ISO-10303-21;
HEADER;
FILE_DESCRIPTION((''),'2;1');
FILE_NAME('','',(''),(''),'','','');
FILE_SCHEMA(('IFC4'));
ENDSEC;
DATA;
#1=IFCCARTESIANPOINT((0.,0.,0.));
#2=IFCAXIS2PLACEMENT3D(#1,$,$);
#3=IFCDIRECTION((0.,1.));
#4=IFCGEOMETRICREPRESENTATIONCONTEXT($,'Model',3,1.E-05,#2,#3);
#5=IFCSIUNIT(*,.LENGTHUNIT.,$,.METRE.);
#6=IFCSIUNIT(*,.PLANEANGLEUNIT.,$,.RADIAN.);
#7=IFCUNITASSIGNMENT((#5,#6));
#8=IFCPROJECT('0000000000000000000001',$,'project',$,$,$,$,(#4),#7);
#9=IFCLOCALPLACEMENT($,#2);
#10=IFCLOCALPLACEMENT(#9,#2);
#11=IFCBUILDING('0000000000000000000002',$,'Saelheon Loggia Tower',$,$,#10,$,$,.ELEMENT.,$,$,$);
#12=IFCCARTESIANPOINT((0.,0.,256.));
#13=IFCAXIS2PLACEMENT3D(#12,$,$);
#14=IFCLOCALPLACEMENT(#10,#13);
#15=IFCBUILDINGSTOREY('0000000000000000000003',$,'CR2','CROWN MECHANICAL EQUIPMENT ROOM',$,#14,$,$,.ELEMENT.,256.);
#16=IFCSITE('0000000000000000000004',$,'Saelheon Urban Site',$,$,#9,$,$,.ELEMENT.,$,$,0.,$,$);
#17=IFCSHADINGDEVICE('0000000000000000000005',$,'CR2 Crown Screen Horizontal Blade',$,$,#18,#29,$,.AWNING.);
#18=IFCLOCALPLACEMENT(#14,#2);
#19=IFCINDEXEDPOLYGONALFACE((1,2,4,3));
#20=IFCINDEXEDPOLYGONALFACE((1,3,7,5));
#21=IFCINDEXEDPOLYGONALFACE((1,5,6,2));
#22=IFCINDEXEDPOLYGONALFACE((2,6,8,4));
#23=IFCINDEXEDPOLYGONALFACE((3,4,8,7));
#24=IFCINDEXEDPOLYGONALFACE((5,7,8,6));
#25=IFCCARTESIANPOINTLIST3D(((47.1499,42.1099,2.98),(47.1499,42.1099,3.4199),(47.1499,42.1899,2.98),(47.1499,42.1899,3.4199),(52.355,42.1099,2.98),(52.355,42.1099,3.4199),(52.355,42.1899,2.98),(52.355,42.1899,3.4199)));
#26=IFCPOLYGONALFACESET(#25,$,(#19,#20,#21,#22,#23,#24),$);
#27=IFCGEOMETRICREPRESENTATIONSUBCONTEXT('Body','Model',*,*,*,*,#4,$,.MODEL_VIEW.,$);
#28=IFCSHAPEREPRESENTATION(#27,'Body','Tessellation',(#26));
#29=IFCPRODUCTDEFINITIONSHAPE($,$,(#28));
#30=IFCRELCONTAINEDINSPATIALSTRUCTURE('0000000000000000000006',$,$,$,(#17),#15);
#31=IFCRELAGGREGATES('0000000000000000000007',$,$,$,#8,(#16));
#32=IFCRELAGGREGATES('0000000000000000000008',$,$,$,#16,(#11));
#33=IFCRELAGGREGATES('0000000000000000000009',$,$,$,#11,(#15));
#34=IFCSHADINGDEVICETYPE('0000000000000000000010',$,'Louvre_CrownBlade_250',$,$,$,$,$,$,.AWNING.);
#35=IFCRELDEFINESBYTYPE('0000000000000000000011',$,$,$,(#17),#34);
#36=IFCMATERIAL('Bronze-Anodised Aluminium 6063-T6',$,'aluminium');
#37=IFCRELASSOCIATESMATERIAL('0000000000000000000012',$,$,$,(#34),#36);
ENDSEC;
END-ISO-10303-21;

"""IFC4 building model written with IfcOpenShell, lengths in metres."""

from ifc_helpers import new_model, si_unit, direction, frame, origin, origin_2d, place, context, subcontext, project, spatial, rectangle, extrude, source, transform, mapped, material, material_profile, profile_set, type_object, element, save


model = new_model("IFC4")

# Units and contexts
model_context = context("Model", 3, precision=1e-05, world=origin(), true_north=direction((0.0, 1.0)))
body_context = subcontext(model_context, "Body", "Model", "MODEL_VIEW")
ifc_project = project(units=[si_unit("LENGTHUNIT", "METRE"), si_unit("PLANEANGLEUNIT", "RADIAN")], contexts=[model_context])

# Site, building, storey
site_placement = place(None, origin())
site = spatial("IfcSite", under=ifc_project, at=site_placement, Name="Saelheon Urban Site", CompositionType="ELEMENT", RefElevation=0.0)
building_placement = place(site_placement, origin())
building = spatial("IfcBuilding", under=site, at=building_placement, Name="Saelheon Loggia Tower", CompositionType="ELEMENT")
storey_placement = place(building_placement, frame((0.0, 0.0, 256.0)))
storey = spatial("IfcBuildingStorey", under=building, at=storey_placement, Name="CR2", Description="CROWN MECHANICAL EQUIPMENT ROOM", CompositionType="ELEMENT", Elevation=256.0)

# Shared definitions
ifc_material_1 = material(Name="Bronze-Anodised Aluminium 6063-T6", Category="aluminium")

# Shading device
ifc_material_profile_1 = material_profile(ifc_material_1, rectangle(XDim=0.0801, YDim=0.4399, at=origin_2d()), Name="Louvre_CrownBlade_250")
ifc_profile_set_1 = profile_set([ifc_material_profile_1], Name="Bronze-Anodised Aluminium 6063-T6")
shading_device_type = type_object("IfcShadingDeviceType", Name="Louvre_CrownBlade_250", PredefinedType="AWNING", material=ifc_profile_set_1)
shared_shape_1 = source(origin(), body_context, "Body", "SweptSolid", [
    extrude(rectangle(XDim=0.0801, YDim=0.4399, at=origin_2d()), origin(), (0.0, 0.0, 1.0), 5.2051),
])
for number, where, z_axis, x_axis, name in (
    (1, (52.355, 42.1499, 3.2), (-1.0, 0.0, 0.0), (0.0, -1.0, 0.0), "CR2 Crown Screen Horizontal Blade"),
):
    element("IfcShadingDevice", number, at=place(storey_placement, frame(where, z_axis=z_axis, x_axis=x_axis)), inside=storey, type_object=shading_device_type, Name=name, PredefinedType="AWNING", context=body_context, shape_type="MappedRepresentation", body=[
        mapped(shared_shape_1, transform((0.0, 0.0, 0.0), scale=1.0)),
    ])

save(model, "model.ifc")
